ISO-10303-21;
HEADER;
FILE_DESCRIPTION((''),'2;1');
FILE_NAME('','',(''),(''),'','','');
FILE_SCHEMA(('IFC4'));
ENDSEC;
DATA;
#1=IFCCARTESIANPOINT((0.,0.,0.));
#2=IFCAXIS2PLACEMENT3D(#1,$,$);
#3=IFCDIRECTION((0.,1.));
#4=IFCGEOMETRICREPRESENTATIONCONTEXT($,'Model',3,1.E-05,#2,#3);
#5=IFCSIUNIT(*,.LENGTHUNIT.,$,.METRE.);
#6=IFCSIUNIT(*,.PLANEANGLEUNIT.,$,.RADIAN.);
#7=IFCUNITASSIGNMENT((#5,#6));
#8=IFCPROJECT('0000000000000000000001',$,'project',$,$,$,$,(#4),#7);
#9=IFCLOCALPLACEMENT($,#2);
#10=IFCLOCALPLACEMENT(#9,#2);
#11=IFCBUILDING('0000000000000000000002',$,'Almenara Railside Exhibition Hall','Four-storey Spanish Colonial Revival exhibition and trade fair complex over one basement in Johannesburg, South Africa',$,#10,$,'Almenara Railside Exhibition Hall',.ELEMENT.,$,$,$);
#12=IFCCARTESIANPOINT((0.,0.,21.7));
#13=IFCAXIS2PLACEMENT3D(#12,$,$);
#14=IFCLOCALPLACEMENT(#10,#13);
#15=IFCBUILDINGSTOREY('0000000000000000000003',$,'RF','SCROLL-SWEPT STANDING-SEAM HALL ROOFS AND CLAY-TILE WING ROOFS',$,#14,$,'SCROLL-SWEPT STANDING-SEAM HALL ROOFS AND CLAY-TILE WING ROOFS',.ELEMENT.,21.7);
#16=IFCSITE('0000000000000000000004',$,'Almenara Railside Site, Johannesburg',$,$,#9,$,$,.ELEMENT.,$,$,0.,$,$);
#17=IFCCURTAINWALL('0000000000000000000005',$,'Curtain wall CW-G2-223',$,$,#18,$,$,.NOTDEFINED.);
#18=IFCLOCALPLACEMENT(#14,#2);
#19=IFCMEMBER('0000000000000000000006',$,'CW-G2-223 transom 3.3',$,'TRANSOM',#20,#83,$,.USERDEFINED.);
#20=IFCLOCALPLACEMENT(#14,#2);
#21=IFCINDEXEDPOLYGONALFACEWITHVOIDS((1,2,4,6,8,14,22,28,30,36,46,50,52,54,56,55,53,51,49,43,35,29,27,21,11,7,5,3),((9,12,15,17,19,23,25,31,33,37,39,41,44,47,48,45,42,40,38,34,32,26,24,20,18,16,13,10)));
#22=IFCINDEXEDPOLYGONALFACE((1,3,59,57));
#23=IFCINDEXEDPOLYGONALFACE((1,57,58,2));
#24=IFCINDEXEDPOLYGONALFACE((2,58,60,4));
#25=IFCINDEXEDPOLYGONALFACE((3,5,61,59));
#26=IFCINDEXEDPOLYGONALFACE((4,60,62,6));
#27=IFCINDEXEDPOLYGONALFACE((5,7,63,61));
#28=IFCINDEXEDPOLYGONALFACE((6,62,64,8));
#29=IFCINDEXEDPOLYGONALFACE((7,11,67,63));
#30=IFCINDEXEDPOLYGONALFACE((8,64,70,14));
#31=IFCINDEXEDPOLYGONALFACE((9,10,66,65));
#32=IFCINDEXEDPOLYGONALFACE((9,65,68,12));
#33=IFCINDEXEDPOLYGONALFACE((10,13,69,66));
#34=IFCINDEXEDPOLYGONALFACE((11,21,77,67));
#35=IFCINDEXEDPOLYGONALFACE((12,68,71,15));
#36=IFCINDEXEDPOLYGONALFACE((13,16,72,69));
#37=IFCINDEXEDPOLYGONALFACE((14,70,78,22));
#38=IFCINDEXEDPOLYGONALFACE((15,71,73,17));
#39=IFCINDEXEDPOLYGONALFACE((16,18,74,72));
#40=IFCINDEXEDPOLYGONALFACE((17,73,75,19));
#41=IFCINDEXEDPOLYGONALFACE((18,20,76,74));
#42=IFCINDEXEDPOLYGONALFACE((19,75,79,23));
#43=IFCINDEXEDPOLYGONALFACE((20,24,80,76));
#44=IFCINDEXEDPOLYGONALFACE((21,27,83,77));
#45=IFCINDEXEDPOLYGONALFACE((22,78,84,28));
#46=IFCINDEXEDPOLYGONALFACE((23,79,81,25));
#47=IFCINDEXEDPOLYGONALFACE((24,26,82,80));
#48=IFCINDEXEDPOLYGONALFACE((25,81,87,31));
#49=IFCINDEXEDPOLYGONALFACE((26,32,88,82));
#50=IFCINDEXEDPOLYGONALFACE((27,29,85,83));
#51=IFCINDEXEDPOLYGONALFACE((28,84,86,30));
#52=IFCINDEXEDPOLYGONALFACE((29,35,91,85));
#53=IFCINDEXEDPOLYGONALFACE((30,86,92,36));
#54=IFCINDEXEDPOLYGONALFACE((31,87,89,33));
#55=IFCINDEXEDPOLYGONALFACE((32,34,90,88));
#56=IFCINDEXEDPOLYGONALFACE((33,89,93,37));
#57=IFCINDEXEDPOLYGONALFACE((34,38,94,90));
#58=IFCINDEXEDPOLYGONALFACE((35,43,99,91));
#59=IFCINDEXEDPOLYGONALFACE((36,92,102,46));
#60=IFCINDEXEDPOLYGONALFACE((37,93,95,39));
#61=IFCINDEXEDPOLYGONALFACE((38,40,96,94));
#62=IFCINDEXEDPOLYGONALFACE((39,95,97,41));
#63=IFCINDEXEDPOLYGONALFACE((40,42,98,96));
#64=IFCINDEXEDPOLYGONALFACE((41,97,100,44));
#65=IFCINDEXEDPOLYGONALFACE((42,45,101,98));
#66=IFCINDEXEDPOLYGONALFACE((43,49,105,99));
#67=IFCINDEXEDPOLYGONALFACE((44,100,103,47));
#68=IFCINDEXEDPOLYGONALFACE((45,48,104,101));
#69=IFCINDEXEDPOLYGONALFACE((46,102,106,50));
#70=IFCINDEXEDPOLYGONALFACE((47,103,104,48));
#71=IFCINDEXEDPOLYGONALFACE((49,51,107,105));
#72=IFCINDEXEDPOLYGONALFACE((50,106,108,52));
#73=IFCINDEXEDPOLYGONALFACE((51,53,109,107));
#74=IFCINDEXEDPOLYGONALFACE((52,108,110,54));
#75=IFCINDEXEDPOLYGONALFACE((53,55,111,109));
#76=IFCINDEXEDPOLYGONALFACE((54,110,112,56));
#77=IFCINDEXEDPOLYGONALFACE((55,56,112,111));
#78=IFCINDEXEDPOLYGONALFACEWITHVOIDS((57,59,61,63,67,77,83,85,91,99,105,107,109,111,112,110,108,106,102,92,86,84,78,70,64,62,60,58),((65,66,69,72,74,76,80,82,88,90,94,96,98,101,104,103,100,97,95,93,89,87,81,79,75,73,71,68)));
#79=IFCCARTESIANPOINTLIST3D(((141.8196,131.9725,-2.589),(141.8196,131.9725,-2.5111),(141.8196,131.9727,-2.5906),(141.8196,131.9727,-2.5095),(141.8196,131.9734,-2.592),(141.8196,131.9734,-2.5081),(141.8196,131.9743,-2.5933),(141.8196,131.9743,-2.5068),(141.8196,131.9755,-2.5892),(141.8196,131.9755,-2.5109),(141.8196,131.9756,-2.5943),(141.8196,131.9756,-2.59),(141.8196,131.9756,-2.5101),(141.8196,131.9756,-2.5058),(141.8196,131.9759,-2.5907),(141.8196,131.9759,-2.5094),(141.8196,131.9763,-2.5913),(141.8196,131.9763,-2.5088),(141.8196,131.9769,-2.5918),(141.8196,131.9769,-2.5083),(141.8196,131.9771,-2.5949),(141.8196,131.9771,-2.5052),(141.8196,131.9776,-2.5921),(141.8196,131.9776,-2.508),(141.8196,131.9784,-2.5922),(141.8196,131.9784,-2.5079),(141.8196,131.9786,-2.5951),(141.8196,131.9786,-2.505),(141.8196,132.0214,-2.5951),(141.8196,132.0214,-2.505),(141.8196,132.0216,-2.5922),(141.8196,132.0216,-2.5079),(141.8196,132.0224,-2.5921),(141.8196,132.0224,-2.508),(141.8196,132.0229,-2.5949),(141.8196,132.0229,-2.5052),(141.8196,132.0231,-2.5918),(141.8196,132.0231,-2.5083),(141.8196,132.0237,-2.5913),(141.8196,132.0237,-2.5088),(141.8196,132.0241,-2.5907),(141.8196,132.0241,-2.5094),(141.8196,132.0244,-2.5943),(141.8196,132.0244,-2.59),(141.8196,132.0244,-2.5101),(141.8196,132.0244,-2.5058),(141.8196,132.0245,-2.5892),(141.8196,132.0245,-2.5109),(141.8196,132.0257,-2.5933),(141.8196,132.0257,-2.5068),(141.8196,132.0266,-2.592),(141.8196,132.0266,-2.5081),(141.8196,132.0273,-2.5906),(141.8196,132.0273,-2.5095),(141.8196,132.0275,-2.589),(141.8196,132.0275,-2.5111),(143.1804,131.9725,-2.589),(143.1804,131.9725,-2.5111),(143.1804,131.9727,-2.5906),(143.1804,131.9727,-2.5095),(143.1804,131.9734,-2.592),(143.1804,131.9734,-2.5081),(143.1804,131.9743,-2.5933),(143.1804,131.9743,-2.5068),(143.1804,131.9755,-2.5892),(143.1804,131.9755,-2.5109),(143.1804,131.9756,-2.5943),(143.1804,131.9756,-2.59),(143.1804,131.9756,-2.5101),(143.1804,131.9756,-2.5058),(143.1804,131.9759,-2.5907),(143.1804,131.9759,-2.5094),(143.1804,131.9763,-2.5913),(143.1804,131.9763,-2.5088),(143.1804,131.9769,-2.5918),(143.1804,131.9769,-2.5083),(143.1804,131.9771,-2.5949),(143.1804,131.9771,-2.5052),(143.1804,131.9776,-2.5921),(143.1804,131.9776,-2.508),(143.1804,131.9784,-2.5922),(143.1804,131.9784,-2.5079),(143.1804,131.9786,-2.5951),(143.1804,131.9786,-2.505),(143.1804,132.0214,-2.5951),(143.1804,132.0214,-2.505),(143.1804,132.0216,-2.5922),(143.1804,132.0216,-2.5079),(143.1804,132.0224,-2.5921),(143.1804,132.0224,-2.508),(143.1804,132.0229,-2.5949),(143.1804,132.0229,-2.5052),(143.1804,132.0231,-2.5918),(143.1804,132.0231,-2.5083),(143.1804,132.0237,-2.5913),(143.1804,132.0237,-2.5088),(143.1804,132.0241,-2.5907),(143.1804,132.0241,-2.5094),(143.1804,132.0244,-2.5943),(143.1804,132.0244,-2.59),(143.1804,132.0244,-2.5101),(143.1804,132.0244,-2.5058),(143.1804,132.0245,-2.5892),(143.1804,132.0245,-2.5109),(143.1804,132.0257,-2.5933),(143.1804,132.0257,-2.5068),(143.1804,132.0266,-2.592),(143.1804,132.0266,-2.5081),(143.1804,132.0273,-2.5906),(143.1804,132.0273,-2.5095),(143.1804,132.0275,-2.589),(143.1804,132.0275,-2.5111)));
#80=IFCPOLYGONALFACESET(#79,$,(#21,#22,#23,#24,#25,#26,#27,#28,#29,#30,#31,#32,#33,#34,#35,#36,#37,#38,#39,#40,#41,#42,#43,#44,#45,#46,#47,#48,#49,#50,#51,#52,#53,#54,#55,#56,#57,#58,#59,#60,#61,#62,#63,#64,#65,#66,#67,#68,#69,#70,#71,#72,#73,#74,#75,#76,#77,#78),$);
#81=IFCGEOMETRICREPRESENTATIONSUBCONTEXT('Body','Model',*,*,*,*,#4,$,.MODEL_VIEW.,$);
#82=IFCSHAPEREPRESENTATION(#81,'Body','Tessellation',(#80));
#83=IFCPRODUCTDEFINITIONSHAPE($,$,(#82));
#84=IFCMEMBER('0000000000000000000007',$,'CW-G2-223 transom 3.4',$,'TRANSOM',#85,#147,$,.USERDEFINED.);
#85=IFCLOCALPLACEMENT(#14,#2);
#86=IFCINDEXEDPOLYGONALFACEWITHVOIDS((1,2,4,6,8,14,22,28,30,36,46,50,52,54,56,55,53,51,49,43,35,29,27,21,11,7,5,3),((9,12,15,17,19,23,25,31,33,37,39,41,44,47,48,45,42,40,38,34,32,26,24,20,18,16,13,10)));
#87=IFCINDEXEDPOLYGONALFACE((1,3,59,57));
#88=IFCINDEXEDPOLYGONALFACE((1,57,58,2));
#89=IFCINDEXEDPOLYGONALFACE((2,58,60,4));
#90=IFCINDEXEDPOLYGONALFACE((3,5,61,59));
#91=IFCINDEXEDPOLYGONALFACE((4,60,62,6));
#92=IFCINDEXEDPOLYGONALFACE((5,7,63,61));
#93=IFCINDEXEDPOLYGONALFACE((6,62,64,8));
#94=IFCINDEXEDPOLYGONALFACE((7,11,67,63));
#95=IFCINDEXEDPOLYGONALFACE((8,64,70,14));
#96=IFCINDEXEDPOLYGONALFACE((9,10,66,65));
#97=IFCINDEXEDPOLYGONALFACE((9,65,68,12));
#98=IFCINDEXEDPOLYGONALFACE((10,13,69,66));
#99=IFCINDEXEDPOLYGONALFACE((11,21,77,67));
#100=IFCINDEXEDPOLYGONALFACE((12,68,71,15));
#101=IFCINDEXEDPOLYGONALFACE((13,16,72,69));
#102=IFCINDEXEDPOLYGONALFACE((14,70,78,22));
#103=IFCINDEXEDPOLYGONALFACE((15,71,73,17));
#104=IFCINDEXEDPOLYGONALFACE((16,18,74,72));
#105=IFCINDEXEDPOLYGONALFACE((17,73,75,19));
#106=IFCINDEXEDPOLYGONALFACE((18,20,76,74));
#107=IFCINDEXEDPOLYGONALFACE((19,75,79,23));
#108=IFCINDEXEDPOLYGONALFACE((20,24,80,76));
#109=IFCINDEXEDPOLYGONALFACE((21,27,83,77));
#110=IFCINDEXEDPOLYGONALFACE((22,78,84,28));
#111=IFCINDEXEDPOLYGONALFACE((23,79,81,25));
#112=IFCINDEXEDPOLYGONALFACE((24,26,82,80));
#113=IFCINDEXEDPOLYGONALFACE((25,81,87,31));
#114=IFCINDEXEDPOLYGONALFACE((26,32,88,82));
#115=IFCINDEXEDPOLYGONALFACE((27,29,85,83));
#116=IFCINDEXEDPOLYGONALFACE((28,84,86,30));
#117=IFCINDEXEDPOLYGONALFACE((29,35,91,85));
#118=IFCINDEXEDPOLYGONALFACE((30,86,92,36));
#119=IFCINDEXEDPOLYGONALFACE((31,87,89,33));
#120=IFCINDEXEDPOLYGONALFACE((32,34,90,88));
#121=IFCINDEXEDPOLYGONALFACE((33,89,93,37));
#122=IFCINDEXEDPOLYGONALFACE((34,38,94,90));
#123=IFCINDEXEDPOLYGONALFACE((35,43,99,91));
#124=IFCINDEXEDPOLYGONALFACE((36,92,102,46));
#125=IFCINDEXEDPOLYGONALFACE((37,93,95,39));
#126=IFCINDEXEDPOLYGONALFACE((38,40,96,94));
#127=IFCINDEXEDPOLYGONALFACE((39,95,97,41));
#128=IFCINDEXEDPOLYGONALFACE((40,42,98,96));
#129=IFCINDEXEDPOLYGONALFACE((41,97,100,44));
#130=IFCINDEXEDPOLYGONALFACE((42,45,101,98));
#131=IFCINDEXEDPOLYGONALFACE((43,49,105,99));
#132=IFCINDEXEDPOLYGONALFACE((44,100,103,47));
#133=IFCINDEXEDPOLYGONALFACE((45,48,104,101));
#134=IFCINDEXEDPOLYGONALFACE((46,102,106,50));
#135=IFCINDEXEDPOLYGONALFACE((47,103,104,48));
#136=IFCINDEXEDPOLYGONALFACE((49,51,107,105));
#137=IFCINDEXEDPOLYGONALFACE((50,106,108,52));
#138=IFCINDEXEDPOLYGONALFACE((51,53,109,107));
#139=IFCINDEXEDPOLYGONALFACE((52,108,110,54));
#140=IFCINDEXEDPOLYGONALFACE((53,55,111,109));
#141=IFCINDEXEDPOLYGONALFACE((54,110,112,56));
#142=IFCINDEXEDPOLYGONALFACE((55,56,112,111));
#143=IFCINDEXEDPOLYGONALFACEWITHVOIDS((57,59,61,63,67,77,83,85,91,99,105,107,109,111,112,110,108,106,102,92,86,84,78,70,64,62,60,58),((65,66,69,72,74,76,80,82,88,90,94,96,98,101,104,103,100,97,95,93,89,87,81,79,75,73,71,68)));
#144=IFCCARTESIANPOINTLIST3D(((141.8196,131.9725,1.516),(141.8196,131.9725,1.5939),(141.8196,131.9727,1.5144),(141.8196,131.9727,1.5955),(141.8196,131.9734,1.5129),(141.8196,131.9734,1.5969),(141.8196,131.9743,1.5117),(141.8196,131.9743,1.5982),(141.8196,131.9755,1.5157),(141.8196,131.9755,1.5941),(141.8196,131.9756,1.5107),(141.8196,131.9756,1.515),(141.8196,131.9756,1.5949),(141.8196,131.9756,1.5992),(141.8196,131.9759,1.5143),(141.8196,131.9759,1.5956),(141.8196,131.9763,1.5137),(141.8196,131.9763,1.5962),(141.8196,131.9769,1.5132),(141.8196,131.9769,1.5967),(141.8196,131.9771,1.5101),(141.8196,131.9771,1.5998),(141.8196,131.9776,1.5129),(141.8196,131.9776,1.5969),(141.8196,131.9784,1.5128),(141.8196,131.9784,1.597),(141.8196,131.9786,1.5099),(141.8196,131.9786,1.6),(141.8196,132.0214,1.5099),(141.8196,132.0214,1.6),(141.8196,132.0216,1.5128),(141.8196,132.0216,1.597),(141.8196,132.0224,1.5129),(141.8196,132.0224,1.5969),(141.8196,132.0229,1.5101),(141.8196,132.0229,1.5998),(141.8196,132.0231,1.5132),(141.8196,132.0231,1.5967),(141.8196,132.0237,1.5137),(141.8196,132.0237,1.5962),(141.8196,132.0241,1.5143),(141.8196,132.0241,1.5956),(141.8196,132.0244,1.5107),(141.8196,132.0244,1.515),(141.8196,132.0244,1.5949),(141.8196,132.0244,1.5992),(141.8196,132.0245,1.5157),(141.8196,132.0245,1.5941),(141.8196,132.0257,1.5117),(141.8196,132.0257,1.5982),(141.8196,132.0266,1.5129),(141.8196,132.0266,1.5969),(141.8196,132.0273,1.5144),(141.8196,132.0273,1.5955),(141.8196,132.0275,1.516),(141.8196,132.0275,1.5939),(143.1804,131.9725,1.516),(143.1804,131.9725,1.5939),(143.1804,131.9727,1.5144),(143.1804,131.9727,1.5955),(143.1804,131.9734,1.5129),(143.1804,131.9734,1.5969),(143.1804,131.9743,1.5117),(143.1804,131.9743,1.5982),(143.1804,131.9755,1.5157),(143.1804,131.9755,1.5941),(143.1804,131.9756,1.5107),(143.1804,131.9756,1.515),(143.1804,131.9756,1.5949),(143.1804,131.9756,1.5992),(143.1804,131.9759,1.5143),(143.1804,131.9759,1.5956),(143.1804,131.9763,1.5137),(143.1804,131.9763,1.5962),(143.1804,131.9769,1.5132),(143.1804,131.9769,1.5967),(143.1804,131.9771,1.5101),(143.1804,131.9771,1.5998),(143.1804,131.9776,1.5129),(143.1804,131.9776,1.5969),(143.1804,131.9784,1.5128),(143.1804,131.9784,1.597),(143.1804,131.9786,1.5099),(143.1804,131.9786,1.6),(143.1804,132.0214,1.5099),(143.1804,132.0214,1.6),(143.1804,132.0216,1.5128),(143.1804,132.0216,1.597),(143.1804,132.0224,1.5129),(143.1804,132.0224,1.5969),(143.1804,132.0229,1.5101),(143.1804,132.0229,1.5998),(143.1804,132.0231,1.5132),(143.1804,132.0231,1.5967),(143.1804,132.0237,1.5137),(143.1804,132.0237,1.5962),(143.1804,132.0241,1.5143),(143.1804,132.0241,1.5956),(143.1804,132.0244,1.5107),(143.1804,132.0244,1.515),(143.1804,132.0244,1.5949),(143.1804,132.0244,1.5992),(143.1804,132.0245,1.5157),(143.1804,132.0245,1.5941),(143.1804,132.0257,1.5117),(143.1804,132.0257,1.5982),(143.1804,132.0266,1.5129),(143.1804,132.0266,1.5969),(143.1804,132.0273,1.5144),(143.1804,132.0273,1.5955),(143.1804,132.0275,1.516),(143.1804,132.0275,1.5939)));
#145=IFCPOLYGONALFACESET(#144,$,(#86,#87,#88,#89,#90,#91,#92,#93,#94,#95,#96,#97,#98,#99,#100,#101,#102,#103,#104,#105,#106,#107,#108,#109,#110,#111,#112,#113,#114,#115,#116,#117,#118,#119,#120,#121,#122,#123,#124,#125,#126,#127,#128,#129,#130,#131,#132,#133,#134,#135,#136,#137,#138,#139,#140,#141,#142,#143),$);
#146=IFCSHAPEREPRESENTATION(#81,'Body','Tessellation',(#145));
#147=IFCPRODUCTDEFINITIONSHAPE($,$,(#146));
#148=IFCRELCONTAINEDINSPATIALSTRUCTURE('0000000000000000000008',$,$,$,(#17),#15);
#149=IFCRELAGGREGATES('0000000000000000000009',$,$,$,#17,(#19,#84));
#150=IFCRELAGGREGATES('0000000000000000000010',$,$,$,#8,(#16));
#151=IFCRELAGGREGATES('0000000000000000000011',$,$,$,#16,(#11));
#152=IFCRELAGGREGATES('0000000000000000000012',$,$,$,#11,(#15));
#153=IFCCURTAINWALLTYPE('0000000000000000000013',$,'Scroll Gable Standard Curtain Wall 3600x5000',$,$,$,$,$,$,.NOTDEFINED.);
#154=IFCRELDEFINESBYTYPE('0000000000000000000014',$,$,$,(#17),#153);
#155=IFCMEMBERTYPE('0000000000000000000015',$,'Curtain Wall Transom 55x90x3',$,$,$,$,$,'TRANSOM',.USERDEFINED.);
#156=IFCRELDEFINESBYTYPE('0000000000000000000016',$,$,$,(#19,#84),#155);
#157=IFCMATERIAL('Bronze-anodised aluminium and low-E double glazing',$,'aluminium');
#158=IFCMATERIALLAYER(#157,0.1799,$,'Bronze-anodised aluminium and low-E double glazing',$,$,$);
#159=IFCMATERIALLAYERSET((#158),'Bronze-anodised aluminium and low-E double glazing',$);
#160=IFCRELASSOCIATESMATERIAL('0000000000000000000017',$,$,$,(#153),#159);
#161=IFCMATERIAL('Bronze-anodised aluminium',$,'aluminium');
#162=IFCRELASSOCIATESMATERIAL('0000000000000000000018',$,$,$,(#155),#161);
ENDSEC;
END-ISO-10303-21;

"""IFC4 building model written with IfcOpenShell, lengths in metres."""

from ifc_helpers import new_model, si_unit, direction, frame, origin, origin_2d, place, context, subcontext, project, spatial, hollow_rectangle, extrude, material, layer, layer_set, material_profile, profile_set, type_object, element, aggregate, save


model = new_model("IFC4")

# Units and contexts
model_context = context("Model", 3, precision=1e-05, world=origin(), true_north=direction((0.0, 1.0)))
body_context = subcontext(model_context, "Body", "Model", "MODEL_VIEW")
ifc_project = project(units=[si_unit("LENGTHUNIT", "METRE"), si_unit("PLANEANGLEUNIT", "RADIAN")], contexts=[model_context])

# Site, building, storey
site_placement = place(None, origin())
site = spatial("IfcSite", under=ifc_project, at=site_placement, Name="Almenara Railside Site, Johannesburg", CompositionType="ELEMENT", RefElevation=0.0)
building_placement = place(site_placement, origin())
building = spatial("IfcBuilding", under=site, at=building_placement, Name="Almenara Railside Exhibition Hall", Description="Four-storey Spanish Colonial Revival exhibition and trade fair complex over one basement in Johannesburg, South Africa", LongName="Almenara Railside Exhibition Hall", CompositionType="ELEMENT")
storey_placement = place(building_placement, frame((0.0, 0.0, 21.7)))
storey = spatial("IfcBuildingStorey", under=building, at=storey_placement, Name="RF", Description="SCROLL-SWEPT STANDING-SEAM HALL ROOFS AND CLAY-TILE WING ROOFS", LongName="SCROLL-SWEPT STANDING-SEAM HALL ROOFS AND CLAY-TILE WING ROOFS", CompositionType="ELEMENT", Elevation=21.7)

# Curtain wall, members
ifc_material_1 = material(Name="Bronze-anodised aluminium and low-E double glazing", Category="aluminium")
ifc_layer_1 = layer(ifc_material_1, 0.1799, Name="Bronze-anodised aluminium and low-E double glazing")
ifc_layer_set_1 = layer_set([ifc_layer_1], Name="Bronze-anodised aluminium and low-E double glazing")
curtain_wall_type = type_object("IfcCurtainWallType", Name="Scroll Gable Standard Curtain Wall 3600x5000", PredefinedType="NOTDEFINED", material=ifc_layer_set_1)
curtain_wall_placement = place(storey_placement, origin())
curtain_wall = element("IfcCurtainWall", 1, at=curtain_wall_placement, inside=storey, type_object=curtain_wall_type, Name="Curtain wall CW-G2-223", PredefinedType="NOTDEFINED")
ifc_material_2 = material(Name="Bronze-anodised aluminium", Category="aluminium")
ifc_material_profile_1 = material_profile(ifc_material_2, hollow_rectangle(XDim=0.0549, YDim=0.0901, WallThickness=0.0029, InnerFilletRadius=0.0029, OuterFilletRadius=0.0061, at=origin_2d()), Name="ALU-TRN 55x90x3")
ifc_profile_set_1 = profile_set([ifc_material_profile_1], Name="Bronze-anodised aluminium")
member_type_1 = type_object("IfcMemberType", Name="Curtain Wall Transom 55x90x3", ElementType="TRANSOM", PredefinedType="USERDEFINED", material=ifc_profile_set_1)
member_1_placement = place(storey_placement, frame((141.8196, 132.0, -2.55), z_axis=(1.0, 0.0, 0.0), x_axis=(0.0, 1.0, 0.0)))
member_1 = element("IfcMember", 2, at=member_1_placement, type_object=member_type_1, Name="CW-G2-223 transom 3.3", ObjectType="TRANSOM", PredefinedType="USERDEFINED", context=body_context, shape_type="SweptSolid", body=[
    extrude(hollow_rectangle(XDim=0.0549, YDim=0.0901, WallThickness=0.0029, InnerFilletRadius=0.0029, OuterFilletRadius=0.0061, at=origin_2d()), origin(), (0.0, 0.0, 1.0), 1.3608),
])
member_2_placement = place(storey_placement, frame((141.8196, 132.0, 1.5549), z_axis=(1.0, 0.0, 0.0), x_axis=(0.0, 1.0, 0.0)))
member_2 = element("IfcMember", 3, at=member_2_placement, type_object=member_type_1, Name="CW-G2-223 transom 3.4", ObjectType="TRANSOM", PredefinedType="USERDEFINED", context=body_context, shape_type="SweptSolid", body=[
    extrude(hollow_rectangle(XDim=0.0549, YDim=0.0901, WallThickness=0.0029, InnerFilletRadius=0.0029, OuterFilletRadius=0.0061, at=origin_2d()), origin(), (0.0, 0.0, 1.0), 1.3608),
])

aggregate(curtain_wall, [member_1, member_2])

save(model, "model.ifc")
